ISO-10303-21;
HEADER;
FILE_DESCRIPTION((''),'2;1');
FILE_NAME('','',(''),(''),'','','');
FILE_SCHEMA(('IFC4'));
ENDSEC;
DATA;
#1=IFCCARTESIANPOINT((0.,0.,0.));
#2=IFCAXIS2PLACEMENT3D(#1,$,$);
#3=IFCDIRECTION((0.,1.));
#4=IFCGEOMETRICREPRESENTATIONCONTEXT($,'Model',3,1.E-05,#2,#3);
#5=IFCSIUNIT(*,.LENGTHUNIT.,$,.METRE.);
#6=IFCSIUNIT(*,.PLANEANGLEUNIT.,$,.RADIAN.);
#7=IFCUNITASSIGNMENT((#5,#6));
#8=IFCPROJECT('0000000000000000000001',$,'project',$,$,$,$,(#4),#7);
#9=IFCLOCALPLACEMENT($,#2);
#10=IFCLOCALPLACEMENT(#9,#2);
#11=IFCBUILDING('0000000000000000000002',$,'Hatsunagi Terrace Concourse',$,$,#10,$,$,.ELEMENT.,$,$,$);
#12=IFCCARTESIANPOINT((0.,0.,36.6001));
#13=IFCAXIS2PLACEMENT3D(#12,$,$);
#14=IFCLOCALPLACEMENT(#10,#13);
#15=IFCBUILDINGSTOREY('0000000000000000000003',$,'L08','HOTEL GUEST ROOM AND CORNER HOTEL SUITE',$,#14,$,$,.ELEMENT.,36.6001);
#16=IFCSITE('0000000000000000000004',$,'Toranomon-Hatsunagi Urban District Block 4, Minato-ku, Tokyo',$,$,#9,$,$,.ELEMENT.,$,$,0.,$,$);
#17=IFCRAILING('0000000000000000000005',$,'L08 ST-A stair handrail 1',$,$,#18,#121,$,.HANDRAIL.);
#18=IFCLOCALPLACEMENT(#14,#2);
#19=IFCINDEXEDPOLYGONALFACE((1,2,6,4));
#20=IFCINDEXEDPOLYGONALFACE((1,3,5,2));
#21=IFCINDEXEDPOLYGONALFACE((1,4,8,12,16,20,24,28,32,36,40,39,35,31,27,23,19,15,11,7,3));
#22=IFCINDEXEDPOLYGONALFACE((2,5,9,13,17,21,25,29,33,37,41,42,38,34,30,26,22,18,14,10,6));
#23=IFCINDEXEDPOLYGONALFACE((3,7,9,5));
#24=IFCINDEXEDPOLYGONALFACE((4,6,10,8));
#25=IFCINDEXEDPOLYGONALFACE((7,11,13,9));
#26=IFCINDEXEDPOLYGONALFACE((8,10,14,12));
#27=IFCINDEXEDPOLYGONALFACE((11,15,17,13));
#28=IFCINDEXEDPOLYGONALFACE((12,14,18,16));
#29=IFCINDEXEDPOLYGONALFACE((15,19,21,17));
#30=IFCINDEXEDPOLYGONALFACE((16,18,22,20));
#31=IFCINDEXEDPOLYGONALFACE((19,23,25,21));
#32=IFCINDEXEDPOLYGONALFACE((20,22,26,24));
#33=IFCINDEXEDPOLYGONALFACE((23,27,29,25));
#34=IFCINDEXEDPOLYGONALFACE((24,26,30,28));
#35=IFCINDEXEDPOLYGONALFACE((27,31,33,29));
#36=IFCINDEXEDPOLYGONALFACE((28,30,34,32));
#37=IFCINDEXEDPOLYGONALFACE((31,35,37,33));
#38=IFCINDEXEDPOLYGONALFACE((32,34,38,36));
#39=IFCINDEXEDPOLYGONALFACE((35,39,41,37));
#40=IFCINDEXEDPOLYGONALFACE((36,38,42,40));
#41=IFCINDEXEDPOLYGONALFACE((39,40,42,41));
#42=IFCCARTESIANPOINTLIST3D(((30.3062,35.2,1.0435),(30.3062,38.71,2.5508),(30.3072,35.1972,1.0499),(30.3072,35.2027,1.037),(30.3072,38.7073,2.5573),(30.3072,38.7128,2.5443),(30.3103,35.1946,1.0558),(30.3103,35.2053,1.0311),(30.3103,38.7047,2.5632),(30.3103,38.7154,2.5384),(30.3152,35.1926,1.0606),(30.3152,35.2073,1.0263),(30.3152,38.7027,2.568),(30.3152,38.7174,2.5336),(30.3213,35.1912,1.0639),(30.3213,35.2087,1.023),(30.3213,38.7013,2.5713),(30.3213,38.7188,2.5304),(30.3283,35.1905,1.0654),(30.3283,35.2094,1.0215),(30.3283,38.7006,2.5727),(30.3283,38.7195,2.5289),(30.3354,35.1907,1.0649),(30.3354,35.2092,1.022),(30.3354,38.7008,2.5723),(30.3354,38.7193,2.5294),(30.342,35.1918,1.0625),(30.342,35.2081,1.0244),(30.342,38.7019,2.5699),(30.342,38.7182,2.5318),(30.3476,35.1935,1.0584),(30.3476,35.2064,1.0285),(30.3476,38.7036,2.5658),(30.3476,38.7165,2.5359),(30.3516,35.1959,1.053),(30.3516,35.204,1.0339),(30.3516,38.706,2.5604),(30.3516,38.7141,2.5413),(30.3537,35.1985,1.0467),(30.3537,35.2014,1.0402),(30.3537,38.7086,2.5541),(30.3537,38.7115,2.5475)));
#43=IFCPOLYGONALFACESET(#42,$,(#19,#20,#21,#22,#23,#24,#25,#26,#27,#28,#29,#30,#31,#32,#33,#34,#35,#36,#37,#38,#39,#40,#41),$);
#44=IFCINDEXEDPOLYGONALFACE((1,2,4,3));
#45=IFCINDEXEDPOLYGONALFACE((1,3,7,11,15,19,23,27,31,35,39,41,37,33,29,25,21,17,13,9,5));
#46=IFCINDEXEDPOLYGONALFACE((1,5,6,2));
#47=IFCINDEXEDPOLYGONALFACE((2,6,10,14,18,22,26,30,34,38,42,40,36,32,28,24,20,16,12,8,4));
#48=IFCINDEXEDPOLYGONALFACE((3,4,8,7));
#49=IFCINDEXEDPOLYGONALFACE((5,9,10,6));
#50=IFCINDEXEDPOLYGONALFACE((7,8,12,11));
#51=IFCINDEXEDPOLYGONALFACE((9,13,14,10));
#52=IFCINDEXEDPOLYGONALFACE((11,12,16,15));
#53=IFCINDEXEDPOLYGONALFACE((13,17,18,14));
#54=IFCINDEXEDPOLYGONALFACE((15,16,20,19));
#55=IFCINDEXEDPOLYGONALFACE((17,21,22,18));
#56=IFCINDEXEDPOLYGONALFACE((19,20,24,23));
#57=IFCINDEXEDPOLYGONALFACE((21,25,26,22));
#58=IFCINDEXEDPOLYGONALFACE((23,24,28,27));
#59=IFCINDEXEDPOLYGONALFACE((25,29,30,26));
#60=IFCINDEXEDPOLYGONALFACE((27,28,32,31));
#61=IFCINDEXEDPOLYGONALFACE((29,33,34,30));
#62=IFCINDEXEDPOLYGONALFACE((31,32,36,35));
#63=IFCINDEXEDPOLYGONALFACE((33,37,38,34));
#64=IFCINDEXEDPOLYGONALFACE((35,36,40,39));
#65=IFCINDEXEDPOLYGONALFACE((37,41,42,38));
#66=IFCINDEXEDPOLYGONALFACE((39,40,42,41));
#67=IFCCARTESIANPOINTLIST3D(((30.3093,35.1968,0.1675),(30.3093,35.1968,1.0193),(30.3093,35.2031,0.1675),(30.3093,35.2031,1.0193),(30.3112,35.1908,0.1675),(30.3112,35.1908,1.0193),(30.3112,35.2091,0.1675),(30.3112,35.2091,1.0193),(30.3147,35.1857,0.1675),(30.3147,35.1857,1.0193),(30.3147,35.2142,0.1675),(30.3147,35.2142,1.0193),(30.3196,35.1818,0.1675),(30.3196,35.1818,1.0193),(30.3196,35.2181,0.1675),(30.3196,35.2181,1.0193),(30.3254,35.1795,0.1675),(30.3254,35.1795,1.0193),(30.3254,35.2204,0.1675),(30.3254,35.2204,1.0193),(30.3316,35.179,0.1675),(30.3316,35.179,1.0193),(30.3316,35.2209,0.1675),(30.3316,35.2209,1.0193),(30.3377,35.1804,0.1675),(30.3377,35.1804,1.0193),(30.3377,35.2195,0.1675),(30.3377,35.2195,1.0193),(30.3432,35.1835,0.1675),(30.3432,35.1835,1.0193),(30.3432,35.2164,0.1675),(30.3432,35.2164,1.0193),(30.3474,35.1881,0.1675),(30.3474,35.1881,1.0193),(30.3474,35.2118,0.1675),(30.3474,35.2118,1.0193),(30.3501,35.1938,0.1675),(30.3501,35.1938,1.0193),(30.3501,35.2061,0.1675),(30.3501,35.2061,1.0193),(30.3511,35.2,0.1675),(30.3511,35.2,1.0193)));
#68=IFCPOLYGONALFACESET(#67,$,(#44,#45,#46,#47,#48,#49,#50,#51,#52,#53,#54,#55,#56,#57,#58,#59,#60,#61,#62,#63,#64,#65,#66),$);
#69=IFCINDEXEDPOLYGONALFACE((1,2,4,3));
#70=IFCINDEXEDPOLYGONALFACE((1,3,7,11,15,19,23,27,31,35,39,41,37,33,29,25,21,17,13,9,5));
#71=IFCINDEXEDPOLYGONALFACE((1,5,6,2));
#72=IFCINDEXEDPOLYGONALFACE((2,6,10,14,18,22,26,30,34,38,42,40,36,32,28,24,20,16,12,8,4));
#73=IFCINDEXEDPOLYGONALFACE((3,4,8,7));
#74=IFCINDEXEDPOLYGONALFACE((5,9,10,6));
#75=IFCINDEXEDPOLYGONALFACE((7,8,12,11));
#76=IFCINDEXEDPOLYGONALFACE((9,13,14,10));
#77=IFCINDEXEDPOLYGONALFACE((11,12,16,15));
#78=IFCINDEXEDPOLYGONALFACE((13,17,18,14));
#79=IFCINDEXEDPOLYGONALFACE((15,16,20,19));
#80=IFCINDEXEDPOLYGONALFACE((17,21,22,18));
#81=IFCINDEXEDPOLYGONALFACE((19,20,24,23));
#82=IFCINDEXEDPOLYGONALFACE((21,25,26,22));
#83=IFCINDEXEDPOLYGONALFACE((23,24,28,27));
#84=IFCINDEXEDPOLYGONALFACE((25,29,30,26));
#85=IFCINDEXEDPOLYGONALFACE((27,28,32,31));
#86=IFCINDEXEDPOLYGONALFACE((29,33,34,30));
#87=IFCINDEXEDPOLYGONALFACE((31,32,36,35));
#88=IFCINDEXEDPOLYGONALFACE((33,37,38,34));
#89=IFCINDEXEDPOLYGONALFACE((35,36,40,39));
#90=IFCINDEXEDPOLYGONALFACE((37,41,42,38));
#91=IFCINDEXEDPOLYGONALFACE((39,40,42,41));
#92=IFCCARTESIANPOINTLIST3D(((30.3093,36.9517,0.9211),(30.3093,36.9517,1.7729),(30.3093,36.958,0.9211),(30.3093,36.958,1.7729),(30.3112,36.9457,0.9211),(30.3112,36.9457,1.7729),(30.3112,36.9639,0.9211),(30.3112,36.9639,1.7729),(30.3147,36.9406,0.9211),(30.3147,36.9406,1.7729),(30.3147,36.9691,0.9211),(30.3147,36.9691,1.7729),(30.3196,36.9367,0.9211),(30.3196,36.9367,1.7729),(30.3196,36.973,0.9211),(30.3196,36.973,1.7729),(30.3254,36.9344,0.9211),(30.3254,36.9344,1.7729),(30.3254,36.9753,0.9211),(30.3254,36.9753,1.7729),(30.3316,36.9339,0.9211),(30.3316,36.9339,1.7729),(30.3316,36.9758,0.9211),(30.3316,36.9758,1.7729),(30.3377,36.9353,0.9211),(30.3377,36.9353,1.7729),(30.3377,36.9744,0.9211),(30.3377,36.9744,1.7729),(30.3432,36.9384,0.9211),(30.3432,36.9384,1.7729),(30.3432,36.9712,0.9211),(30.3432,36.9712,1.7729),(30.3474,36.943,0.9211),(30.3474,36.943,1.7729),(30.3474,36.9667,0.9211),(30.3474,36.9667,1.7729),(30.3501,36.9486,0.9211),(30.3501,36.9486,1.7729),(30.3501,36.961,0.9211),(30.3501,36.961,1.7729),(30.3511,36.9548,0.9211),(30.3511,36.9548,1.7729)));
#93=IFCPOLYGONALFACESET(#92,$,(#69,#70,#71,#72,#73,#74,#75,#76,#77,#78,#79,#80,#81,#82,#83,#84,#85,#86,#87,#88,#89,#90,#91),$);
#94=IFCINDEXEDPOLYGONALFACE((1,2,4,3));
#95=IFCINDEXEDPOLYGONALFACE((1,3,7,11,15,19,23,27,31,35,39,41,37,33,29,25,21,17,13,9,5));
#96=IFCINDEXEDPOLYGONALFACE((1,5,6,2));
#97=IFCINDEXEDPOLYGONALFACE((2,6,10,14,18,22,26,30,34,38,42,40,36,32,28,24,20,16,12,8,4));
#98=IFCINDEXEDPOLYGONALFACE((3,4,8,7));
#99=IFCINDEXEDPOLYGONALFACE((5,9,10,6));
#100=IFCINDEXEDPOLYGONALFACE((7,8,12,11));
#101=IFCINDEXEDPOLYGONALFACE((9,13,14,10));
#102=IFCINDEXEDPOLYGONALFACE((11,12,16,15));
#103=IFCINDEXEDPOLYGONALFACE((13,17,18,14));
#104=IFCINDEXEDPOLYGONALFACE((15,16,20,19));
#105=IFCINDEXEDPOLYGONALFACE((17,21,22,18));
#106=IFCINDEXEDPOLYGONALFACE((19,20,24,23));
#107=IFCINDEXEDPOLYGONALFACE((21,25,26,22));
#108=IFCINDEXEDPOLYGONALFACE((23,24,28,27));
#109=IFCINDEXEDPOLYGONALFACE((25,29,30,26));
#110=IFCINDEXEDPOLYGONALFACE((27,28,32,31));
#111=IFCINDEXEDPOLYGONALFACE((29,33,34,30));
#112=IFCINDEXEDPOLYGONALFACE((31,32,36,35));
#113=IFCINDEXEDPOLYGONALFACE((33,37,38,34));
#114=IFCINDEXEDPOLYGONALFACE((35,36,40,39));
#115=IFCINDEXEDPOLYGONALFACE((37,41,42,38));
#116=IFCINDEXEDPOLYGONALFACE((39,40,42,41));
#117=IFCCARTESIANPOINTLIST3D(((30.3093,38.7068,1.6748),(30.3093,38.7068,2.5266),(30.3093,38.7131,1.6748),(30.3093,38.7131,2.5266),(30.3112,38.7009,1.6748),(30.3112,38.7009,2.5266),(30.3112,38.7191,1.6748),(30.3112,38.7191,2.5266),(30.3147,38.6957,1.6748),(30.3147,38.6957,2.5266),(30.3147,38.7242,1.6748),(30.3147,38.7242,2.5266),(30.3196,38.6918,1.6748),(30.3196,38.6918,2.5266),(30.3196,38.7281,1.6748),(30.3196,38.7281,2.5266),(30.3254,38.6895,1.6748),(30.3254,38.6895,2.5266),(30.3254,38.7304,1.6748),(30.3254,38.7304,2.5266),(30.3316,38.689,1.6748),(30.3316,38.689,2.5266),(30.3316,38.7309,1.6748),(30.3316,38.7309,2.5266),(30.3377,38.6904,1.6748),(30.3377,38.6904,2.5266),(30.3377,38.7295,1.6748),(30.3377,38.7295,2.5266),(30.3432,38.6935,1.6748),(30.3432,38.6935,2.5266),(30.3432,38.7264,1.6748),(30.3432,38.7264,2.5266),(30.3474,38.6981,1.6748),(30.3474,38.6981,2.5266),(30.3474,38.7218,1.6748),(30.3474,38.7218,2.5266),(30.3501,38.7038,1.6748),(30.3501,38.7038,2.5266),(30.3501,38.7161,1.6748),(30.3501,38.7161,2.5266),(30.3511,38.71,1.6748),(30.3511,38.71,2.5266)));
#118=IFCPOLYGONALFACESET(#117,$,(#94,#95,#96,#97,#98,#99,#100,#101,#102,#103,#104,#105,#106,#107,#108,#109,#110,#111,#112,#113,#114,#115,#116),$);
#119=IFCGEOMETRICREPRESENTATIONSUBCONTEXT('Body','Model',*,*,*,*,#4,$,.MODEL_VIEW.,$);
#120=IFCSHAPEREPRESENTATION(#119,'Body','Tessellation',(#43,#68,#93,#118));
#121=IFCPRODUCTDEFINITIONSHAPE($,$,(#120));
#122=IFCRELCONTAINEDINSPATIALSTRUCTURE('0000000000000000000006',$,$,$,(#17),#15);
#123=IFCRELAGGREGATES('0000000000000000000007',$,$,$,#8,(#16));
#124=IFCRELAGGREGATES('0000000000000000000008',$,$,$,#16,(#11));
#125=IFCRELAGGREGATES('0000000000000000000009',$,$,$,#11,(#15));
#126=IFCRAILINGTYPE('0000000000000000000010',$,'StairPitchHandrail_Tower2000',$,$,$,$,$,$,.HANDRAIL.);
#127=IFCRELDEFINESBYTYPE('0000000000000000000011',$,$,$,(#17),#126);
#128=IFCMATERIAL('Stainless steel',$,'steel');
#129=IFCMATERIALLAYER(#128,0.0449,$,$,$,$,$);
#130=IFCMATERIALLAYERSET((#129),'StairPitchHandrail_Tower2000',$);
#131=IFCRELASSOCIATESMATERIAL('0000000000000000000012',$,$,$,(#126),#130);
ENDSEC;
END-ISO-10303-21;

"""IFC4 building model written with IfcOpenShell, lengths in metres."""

from ifc_helpers import new_model, si_unit, direction, frame, origin, origin_2d, place, context, subcontext, project, spatial, circle, extrude, material, layer, layer_set, type_object, element, save


model = new_model("IFC4")

# Units and contexts
model_context = context("Model", 3, precision=1e-05, world=origin(), true_north=direction((0.0, 1.0)))
body_context = subcontext(model_context, "Body", "Model", "MODEL_VIEW")
ifc_project = project(units=[si_unit("LENGTHUNIT", "METRE"), si_unit("PLANEANGLEUNIT", "RADIAN")], contexts=[model_context])

# Site, building, storey
site_placement = place(None, origin())
site = spatial("IfcSite", under=ifc_project, at=site_placement, Name="Toranomon-Hatsunagi Urban District Block 4, Minato-ku, Tokyo", CompositionType="ELEMENT", RefElevation=0.0)
building_placement = place(site_placement, origin())
building = spatial("IfcBuilding", under=site, at=building_placement, Name="Hatsunagi Terrace Concourse", CompositionType="ELEMENT")
storey_placement = place(building_placement, frame((0.0, 0.0, 36.6001)))
storey = spatial("IfcBuildingStorey", under=building, at=storey_placement, Name="L08", Description="HOTEL GUEST ROOM AND CORNER HOTEL SUITE", CompositionType="ELEMENT", Elevation=36.6001)

# Railing
ifc_material_1 = material(Name="Stainless steel", Category="steel")
ifc_layer_1 = layer(ifc_material_1, 0.0449)
ifc_layer_set_1 = layer_set([ifc_layer_1], Name="StairPitchHandrail_Tower2000")
railing_type_1 = type_object("IfcRailingType", Name="StairPitchHandrail_Tower2000", PredefinedType="HANDRAIL", material=ifc_layer_set_1)
railing_1_placement = place(storey_placement, frame((30.3301, 35.2, 0.1675)))
element("IfcRailing", 1, at=railing_1_placement, inside=storey, type_object=railing_type_1, Name="L08 ST-A stair handrail 1", PredefinedType="HANDRAIL", context=body_context, shape_type="SweptSolid", body=[
    extrude(circle(Radius=0.0239, at=origin_2d()), frame((0.0, 0.0, 0.876), z_axis=(0.0, 0.918857, 0.39459), x_axis=(-1.0, 0.0, 0.0)), (0.0, 0.0, 1.0), 3.8201),
    extrude(circle(Radius=0.021, at=origin_2d()), origin(), (0.0, 0.0, 1.0), 0.8518),
    extrude(circle(Radius=0.021, at=origin_2d()), frame((0.0, 1.7549, 0.7537)), (0.0, 0.0, 1.0), 0.8518),
    extrude(circle(Radius=0.021, at=origin_2d()), frame((0.0, 3.51, 1.5073)), (0.0, 0.0, 1.0), 0.8518),
])

save(model, "model.ifc")
